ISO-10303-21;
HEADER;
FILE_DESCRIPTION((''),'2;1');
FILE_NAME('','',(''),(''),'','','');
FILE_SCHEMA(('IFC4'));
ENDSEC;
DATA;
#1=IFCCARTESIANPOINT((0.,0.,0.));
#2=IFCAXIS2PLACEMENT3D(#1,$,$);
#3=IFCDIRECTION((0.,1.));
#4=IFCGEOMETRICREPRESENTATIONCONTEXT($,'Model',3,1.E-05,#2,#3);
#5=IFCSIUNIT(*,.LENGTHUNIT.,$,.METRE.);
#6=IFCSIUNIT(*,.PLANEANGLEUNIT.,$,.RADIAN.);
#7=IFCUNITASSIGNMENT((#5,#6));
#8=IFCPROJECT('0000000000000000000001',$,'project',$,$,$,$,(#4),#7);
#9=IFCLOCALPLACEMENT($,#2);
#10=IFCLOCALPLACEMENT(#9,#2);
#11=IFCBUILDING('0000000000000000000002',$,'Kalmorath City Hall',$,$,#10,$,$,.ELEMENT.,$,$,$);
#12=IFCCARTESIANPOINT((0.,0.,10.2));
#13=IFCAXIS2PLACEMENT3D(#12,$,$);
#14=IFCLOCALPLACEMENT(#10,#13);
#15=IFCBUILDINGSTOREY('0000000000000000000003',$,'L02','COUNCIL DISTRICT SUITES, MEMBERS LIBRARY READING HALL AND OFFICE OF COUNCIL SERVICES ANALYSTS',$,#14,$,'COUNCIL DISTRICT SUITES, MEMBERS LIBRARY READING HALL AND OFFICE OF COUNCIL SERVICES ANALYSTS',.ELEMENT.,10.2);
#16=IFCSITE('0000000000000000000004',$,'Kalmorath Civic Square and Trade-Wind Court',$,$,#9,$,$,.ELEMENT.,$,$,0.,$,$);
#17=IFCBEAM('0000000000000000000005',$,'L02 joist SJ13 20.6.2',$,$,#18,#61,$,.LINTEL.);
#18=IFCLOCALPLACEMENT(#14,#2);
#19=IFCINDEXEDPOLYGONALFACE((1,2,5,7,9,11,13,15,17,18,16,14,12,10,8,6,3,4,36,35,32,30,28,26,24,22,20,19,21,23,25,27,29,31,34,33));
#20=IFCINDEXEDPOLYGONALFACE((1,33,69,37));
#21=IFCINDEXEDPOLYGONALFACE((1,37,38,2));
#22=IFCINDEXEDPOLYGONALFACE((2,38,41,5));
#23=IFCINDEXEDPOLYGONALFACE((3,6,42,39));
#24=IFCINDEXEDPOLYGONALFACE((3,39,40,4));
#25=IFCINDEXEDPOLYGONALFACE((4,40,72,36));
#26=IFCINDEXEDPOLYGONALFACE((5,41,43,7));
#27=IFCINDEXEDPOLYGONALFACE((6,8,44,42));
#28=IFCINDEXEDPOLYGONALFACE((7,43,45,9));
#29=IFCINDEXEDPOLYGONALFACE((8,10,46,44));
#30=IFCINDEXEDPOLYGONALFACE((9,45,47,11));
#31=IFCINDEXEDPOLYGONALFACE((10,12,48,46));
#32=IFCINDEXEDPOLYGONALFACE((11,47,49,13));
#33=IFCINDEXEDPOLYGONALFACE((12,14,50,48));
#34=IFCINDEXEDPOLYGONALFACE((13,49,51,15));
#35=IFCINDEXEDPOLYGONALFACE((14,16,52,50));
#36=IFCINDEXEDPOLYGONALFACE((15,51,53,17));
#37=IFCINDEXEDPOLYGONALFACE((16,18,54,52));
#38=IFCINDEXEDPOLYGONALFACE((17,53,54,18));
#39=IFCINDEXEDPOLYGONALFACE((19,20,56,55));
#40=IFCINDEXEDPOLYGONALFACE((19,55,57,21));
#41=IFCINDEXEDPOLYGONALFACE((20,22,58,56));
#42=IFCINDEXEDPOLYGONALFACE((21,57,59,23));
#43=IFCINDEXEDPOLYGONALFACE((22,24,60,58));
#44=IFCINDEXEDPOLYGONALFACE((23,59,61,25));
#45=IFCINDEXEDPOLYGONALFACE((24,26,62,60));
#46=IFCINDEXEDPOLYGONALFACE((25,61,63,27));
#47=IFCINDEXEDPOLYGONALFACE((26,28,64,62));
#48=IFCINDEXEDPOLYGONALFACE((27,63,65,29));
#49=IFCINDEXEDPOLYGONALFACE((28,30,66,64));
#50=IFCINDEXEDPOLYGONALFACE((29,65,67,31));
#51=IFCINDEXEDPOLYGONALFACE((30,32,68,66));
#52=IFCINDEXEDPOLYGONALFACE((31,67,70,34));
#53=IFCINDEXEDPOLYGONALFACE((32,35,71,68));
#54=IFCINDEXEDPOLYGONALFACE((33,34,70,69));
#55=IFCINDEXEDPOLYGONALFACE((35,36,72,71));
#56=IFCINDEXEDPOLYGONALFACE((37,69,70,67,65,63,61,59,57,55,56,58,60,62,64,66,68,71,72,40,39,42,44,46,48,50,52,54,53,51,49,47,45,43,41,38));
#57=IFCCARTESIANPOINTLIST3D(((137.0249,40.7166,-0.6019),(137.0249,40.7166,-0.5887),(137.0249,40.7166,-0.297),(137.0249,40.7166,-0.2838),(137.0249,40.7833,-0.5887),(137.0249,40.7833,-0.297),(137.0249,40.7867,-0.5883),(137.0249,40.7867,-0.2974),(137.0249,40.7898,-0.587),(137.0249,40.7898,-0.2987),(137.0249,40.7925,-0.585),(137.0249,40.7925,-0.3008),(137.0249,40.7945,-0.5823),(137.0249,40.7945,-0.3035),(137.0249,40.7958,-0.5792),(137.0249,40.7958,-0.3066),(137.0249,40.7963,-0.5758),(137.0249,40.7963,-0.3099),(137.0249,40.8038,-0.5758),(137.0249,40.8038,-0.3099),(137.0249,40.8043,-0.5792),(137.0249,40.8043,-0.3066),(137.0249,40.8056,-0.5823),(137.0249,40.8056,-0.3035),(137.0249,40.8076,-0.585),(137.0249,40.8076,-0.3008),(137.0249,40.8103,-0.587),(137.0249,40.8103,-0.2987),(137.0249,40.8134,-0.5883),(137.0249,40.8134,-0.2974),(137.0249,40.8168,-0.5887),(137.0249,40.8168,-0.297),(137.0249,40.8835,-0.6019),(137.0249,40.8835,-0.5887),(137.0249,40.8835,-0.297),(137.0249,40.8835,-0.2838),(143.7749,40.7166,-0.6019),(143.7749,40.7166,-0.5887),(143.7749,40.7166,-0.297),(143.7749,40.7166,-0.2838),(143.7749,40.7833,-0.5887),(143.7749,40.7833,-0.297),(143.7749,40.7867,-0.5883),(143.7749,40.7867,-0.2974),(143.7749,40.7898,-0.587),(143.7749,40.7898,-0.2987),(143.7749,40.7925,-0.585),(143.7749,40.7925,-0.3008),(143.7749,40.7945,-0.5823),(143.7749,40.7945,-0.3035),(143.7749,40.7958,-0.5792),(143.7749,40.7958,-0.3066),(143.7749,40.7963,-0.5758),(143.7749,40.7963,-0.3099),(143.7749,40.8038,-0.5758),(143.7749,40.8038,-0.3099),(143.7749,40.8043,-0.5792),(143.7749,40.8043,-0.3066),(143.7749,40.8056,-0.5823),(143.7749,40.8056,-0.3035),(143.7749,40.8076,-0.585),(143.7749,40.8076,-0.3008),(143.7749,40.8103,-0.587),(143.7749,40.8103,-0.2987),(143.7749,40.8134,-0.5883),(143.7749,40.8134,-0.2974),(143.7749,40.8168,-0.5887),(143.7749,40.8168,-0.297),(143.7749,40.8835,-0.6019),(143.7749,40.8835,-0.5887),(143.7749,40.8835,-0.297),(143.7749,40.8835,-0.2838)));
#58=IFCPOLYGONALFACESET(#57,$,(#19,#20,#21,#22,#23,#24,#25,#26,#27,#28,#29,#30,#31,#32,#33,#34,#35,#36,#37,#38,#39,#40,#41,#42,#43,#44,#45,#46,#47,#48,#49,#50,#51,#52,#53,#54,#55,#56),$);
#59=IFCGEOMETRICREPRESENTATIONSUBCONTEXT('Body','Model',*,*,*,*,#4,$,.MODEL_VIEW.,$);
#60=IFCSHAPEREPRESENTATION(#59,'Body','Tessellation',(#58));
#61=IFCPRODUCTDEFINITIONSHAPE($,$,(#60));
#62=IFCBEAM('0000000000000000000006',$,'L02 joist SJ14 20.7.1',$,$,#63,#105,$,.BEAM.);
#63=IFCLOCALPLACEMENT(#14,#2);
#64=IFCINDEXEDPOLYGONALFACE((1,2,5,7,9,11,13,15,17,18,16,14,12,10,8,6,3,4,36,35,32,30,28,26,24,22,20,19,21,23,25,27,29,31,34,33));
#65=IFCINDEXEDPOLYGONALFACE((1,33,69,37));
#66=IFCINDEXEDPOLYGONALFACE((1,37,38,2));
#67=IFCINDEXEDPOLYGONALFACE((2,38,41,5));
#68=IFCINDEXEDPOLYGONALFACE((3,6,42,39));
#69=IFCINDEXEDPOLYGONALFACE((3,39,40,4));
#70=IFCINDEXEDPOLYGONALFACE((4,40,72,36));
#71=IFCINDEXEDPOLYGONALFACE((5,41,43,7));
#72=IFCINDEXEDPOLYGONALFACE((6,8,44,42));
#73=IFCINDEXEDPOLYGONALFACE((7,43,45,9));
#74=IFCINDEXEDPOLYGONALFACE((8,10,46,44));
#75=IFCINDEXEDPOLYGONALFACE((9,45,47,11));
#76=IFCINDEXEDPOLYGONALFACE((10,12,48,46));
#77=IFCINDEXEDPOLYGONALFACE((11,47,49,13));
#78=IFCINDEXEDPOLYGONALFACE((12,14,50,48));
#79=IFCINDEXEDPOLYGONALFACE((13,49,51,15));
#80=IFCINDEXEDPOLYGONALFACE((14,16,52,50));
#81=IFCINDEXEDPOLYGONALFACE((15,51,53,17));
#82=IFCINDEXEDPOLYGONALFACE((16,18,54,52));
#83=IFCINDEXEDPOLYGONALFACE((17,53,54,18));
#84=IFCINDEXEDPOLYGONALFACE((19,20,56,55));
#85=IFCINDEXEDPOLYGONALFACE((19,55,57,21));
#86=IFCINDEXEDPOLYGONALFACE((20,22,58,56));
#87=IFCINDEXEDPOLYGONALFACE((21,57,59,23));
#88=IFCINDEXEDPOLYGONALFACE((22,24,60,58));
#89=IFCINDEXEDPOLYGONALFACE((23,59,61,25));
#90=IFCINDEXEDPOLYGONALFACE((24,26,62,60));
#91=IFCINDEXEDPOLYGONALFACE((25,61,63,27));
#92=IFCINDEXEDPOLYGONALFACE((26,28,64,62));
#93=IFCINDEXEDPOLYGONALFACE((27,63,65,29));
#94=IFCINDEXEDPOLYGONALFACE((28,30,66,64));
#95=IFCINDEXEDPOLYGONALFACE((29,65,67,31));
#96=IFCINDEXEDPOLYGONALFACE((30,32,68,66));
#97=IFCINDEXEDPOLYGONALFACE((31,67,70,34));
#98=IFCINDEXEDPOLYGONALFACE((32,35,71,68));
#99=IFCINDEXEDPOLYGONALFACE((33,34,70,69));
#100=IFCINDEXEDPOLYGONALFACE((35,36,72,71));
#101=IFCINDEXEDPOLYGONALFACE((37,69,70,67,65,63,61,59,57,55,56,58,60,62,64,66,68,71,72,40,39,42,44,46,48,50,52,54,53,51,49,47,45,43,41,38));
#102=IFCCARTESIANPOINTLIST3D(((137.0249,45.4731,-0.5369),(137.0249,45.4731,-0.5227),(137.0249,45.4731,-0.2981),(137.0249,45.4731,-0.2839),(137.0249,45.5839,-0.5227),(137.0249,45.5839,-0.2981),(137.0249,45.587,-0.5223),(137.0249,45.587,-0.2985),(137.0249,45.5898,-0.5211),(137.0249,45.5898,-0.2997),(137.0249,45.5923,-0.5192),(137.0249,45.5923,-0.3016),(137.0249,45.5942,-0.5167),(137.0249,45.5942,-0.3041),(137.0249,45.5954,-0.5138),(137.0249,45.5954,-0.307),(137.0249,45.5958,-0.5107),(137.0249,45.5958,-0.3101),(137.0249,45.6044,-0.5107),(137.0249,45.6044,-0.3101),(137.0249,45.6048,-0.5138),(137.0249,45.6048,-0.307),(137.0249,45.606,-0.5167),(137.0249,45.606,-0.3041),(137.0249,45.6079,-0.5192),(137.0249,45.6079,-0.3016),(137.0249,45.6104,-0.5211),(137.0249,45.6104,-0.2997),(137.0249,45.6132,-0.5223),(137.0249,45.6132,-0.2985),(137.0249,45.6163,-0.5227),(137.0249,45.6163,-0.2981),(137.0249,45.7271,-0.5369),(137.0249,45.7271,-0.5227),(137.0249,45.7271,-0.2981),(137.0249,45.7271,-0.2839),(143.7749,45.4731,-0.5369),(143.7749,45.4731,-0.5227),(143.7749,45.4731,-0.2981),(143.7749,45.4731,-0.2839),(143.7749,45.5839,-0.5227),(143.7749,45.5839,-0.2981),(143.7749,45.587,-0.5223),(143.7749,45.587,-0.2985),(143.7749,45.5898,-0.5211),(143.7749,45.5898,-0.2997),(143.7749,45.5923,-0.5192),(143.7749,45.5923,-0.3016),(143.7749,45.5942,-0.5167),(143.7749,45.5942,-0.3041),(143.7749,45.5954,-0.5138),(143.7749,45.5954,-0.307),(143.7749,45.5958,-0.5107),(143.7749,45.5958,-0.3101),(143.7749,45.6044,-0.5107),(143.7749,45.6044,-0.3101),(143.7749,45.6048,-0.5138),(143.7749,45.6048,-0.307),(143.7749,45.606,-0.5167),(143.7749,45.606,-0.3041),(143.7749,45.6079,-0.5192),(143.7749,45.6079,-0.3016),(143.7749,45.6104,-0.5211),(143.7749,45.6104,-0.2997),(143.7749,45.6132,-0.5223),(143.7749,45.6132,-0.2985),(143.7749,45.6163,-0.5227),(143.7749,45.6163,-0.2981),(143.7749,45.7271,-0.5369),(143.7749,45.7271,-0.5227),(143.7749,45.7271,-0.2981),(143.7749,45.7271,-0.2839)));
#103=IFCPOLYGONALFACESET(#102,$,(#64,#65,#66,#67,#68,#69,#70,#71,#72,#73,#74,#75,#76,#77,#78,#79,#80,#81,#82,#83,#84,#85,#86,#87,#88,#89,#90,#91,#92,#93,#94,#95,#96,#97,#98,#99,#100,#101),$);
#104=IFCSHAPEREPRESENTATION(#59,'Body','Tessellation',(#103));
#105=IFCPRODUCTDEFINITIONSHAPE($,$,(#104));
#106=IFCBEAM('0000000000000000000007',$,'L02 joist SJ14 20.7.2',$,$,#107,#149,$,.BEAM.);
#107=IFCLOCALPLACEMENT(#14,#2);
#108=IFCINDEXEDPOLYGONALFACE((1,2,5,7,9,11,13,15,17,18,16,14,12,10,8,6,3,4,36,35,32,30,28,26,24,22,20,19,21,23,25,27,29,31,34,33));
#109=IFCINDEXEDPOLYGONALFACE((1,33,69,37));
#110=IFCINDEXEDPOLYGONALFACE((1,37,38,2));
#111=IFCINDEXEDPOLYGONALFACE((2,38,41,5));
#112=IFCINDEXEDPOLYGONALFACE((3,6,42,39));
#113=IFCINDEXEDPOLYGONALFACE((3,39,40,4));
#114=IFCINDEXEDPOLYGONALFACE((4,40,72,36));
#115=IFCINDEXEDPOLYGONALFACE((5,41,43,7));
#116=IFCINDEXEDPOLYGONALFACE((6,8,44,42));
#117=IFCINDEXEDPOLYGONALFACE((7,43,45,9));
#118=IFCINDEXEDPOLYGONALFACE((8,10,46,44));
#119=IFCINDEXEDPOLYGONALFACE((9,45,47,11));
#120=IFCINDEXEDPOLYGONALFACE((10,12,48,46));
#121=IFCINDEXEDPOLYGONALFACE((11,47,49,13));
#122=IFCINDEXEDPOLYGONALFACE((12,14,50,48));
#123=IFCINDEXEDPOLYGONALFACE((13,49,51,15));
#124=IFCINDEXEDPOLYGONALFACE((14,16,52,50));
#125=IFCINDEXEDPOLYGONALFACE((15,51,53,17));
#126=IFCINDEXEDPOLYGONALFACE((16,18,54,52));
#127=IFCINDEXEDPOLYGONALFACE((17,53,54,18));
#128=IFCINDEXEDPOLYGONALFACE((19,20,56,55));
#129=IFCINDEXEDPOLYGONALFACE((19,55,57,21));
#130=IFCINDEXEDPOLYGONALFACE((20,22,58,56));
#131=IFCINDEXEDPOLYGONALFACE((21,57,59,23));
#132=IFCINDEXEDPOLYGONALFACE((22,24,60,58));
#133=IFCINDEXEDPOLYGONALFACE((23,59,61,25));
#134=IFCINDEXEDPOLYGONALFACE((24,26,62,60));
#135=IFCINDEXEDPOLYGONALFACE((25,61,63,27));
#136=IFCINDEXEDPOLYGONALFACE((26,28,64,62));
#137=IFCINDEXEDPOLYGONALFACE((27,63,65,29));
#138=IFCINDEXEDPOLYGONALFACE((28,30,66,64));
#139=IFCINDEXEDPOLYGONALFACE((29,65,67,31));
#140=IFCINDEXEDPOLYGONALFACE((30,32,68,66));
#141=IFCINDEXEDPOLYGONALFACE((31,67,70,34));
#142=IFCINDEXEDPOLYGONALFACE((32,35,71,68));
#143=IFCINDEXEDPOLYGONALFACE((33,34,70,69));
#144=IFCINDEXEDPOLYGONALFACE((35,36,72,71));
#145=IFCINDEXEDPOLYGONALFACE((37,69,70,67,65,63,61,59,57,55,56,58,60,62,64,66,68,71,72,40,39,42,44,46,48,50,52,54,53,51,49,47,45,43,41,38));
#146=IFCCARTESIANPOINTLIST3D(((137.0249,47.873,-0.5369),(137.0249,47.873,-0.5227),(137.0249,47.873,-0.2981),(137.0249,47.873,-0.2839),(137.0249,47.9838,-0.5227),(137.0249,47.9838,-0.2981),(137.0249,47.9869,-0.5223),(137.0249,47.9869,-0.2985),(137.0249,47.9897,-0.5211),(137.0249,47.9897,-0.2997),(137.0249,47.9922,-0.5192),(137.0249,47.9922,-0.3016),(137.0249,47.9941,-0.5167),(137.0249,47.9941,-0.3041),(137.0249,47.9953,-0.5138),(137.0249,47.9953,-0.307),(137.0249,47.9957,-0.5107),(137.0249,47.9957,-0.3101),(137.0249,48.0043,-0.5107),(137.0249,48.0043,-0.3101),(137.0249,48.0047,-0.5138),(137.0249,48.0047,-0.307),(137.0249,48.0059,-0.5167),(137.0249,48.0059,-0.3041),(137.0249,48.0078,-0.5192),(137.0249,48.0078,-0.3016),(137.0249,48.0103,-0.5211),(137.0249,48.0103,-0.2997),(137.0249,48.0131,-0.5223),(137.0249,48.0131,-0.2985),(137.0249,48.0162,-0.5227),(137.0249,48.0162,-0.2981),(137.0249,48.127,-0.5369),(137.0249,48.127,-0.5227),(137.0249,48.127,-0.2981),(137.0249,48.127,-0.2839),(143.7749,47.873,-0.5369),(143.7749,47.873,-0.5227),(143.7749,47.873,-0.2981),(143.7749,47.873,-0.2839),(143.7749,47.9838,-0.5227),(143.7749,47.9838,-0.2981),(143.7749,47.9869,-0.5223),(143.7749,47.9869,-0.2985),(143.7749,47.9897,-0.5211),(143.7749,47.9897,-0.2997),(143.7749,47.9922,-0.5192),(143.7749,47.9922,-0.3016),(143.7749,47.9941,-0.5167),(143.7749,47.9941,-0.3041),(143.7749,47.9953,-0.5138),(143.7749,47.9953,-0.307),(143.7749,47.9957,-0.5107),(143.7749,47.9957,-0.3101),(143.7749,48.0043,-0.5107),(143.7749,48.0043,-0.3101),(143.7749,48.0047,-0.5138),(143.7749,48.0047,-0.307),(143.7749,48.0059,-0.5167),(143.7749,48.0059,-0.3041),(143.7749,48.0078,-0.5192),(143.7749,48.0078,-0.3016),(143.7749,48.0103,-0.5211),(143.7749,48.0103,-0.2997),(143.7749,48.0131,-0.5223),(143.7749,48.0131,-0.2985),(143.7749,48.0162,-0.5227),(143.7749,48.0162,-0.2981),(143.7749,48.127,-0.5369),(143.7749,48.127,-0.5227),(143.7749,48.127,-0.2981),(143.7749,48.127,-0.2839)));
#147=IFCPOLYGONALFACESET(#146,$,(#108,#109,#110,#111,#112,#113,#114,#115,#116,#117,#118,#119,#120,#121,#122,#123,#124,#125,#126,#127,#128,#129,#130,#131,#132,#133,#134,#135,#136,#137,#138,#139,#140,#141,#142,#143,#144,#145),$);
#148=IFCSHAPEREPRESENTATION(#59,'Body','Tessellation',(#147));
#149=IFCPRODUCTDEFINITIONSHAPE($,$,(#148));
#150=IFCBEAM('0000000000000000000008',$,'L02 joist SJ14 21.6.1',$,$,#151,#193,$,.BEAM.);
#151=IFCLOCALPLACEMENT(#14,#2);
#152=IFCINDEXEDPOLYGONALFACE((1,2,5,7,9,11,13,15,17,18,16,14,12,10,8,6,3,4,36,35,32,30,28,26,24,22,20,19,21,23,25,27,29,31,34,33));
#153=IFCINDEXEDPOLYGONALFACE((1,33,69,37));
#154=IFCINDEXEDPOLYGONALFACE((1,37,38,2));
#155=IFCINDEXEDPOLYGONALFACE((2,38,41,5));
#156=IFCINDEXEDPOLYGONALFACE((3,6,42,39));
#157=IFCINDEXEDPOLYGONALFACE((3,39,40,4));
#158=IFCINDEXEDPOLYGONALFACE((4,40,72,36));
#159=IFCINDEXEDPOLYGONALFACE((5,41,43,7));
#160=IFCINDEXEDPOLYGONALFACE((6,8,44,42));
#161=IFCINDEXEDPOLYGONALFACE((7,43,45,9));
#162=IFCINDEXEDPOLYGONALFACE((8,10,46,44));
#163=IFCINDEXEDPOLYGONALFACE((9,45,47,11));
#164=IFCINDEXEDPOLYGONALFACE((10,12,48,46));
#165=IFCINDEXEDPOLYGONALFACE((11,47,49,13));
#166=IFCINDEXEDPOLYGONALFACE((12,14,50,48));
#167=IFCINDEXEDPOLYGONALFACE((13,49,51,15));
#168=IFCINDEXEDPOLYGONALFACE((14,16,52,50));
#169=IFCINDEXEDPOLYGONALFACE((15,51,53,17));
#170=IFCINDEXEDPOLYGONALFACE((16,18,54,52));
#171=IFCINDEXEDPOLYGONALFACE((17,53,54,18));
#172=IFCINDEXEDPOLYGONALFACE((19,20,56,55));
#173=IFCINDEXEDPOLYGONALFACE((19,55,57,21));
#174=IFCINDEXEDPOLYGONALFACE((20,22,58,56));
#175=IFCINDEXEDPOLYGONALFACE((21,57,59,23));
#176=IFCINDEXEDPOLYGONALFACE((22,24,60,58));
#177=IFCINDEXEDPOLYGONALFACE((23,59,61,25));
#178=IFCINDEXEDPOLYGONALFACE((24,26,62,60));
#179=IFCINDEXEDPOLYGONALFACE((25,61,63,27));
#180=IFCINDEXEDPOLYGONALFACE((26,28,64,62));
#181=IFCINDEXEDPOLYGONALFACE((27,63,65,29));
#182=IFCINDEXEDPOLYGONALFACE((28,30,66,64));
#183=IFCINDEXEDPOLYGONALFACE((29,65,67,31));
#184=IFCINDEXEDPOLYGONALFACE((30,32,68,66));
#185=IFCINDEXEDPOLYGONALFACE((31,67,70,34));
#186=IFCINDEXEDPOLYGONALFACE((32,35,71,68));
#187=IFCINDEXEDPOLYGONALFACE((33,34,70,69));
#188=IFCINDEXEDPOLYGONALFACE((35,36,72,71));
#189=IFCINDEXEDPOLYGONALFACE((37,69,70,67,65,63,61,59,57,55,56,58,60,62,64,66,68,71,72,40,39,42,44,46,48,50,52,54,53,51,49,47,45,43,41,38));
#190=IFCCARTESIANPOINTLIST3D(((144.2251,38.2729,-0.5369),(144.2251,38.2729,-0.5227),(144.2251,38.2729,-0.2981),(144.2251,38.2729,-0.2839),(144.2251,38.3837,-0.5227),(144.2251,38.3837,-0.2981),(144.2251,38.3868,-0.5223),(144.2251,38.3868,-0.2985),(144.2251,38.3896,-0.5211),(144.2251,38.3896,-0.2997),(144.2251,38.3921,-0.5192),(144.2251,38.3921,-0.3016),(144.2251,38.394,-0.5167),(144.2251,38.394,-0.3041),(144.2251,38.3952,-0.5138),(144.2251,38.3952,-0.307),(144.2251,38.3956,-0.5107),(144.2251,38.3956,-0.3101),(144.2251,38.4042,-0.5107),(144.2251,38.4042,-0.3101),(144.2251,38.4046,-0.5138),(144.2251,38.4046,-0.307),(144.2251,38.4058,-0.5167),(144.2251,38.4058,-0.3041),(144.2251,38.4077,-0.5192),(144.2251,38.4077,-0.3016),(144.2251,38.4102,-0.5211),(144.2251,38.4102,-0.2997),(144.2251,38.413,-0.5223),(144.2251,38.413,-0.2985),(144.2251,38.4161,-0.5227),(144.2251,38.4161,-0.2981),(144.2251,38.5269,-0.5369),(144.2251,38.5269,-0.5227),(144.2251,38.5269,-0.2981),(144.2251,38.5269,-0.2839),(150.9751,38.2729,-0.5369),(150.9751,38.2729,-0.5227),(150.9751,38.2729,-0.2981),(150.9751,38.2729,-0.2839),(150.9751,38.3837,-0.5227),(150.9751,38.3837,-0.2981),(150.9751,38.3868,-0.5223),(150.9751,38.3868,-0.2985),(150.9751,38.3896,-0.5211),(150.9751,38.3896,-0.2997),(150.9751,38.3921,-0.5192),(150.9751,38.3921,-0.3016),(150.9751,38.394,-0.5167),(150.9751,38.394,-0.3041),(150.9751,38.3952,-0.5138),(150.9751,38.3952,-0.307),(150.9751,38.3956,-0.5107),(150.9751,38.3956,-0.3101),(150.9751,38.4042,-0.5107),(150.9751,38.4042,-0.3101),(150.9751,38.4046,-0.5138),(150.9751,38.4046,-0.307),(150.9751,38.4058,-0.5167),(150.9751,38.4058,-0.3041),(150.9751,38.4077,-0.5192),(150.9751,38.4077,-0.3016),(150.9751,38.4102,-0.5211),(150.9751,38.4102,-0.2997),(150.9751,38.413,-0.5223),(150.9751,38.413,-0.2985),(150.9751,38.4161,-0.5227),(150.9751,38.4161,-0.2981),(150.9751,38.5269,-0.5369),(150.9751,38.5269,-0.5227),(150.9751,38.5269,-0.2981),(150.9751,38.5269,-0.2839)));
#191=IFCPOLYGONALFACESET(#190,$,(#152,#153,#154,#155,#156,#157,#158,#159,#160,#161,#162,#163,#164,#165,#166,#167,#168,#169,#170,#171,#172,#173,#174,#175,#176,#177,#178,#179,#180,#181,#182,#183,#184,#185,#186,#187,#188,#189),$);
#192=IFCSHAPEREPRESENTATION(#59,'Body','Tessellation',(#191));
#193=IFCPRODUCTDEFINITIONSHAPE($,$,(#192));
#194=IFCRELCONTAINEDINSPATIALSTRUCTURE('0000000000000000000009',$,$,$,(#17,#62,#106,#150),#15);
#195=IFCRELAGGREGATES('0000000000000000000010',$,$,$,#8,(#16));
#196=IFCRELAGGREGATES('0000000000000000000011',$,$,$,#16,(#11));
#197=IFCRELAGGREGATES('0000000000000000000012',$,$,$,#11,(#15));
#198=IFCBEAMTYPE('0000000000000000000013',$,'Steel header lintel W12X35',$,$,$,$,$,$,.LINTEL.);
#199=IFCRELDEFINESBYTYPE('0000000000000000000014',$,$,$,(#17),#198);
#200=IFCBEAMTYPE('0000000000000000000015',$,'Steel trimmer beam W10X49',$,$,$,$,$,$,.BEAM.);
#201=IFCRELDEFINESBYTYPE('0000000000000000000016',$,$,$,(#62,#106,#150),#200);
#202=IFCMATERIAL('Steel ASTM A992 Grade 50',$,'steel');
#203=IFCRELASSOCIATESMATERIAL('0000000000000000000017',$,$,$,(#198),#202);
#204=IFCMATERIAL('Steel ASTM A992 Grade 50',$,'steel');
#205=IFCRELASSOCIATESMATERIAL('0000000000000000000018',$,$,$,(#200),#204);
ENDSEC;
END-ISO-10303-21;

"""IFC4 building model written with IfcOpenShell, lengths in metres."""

from ifc_helpers import new_model, si_unit, direction, frame, origin, origin_2d, place, context, subcontext, project, spatial, i_section, extrude, material, material_profile, profile_set, type_object, element, save


model = new_model("IFC4")

# Units and contexts
model_context = context("Model", 3, precision=1e-05, world=origin(), true_north=direction((0.0, 1.0)))
body_context = subcontext(model_context, "Body", "Model", "MODEL_VIEW")
ifc_project = project(units=[si_unit("LENGTHUNIT", "METRE"), si_unit("PLANEANGLEUNIT", "RADIAN")], contexts=[model_context])

# Site, building, storey
site_placement = place(None, origin())
site = spatial("IfcSite", under=ifc_project, at=site_placement, Name="Kalmorath Civic Square and Trade-Wind Court", CompositionType="ELEMENT", RefElevation=0.0)
building_placement = place(site_placement, origin())
building = spatial("IfcBuilding", under=site, at=building_placement, Name="Kalmorath City Hall", CompositionType="ELEMENT")
storey_placement = place(building_placement, frame((0.0, 0.0, 10.2)))
storey = spatial("IfcBuildingStorey", under=building, at=storey_placement, Name="L02", Description="COUNCIL DISTRICT SUITES, MEMBERS LIBRARY READING HALL AND OFFICE OF COUNCIL SERVICES ANALYSTS", LongName="COUNCIL DISTRICT SUITES, MEMBERS LIBRARY READING HALL AND OFFICE OF COUNCIL SERVICES ANALYSTS", CompositionType="ELEMENT", Elevation=10.2)

# Beams
ifc_material_1 = material(Name="Steel ASTM A992 Grade 50", Category="steel")
ifc_material_profile_1 = material_profile(ifc_material_1, i_section(OverallWidth=0.167, OverallDepth=0.3181, WebThickness=0.0076, FlangeThickness=0.0132, FilletRadius=0.0129, at=origin_2d()), Name="W12X35")
ifc_profile_set_1 = profile_set([ifc_material_profile_1], Name="Steel ASTM A992 Grade 50")
beam_type_1 = type_object("IfcBeamType", Name="Steel header lintel W12X35", PredefinedType="LINTEL", material=ifc_profile_set_1)
beam_placement = place(storey_placement, frame((137.0249, 40.8, -0.4429), z_axis=(1.0, 0.0, 0.0), x_axis=(0.0, 1.0, 0.0)))
element("IfcBeam", 1, at=beam_placement, inside=storey, type_object=beam_type_1, Name="L02 joist SJ13 20.6.2", PredefinedType="LINTEL", context=body_context, shape_type="SweptSolid", body=[
    extrude(i_section(OverallWidth=0.167, OverallDepth=0.3181, WebThickness=0.0076, FlangeThickness=0.0132, FilletRadius=0.0129, at=origin_2d()), origin(), (0.0, 0.0, 1.0), 6.75),
])
ifc_material_2 = material(Name="Steel ASTM A992 Grade 50", Category="steel")
ifc_material_profile_2 = material_profile(ifc_material_2, i_section(OverallWidth=0.2539, OverallDepth=0.2529, WebThickness=0.0085, FlangeThickness=0.0142, FilletRadius=0.012, at=origin_2d()), Name="W10X49")
ifc_profile_set_2 = profile_set([ifc_material_profile_2], Name="Steel ASTM A992 Grade 50")
beam_type_2 = type_object("IfcBeamType", Name="Steel trimmer beam W10X49", PredefinedType="BEAM", material=ifc_profile_set_2)
for number, where, z_axis, x_axis, name in (
    (2, (137.0249, 45.6001, -0.4104), (1.0, 0.0, 0.0), (0.0, 1.0, 0.0), "L02 joist SJ14 20.7.1"),
    (3, (137.0249, 48.0, -0.4104), (1.0, 0.0, 0.0), (0.0, 1.0, 0.0), "L02 joist SJ14 20.7.2"),
    (4, (144.2251, 38.3999, -0.4104), (1.0, 0.0, 0.0), (0.0, 1.0, 0.0), "L02 joist SJ14 21.6.1"),
):
    element("IfcBeam", number, at=place(storey_placement, frame(where, z_axis=z_axis, x_axis=x_axis)), inside=storey, type_object=beam_type_2, Name=name, PredefinedType="BEAM", context=body_context, shape_type="SweptSolid", body=[
        extrude(i_section(OverallWidth=0.2539, OverallDepth=0.2529, WebThickness=0.0085, FlangeThickness=0.0142, FilletRadius=0.012, at=origin_2d()), origin(), (0.0, 0.0, 1.0), 6.75),
    ])

save(model, "model.ifc")
